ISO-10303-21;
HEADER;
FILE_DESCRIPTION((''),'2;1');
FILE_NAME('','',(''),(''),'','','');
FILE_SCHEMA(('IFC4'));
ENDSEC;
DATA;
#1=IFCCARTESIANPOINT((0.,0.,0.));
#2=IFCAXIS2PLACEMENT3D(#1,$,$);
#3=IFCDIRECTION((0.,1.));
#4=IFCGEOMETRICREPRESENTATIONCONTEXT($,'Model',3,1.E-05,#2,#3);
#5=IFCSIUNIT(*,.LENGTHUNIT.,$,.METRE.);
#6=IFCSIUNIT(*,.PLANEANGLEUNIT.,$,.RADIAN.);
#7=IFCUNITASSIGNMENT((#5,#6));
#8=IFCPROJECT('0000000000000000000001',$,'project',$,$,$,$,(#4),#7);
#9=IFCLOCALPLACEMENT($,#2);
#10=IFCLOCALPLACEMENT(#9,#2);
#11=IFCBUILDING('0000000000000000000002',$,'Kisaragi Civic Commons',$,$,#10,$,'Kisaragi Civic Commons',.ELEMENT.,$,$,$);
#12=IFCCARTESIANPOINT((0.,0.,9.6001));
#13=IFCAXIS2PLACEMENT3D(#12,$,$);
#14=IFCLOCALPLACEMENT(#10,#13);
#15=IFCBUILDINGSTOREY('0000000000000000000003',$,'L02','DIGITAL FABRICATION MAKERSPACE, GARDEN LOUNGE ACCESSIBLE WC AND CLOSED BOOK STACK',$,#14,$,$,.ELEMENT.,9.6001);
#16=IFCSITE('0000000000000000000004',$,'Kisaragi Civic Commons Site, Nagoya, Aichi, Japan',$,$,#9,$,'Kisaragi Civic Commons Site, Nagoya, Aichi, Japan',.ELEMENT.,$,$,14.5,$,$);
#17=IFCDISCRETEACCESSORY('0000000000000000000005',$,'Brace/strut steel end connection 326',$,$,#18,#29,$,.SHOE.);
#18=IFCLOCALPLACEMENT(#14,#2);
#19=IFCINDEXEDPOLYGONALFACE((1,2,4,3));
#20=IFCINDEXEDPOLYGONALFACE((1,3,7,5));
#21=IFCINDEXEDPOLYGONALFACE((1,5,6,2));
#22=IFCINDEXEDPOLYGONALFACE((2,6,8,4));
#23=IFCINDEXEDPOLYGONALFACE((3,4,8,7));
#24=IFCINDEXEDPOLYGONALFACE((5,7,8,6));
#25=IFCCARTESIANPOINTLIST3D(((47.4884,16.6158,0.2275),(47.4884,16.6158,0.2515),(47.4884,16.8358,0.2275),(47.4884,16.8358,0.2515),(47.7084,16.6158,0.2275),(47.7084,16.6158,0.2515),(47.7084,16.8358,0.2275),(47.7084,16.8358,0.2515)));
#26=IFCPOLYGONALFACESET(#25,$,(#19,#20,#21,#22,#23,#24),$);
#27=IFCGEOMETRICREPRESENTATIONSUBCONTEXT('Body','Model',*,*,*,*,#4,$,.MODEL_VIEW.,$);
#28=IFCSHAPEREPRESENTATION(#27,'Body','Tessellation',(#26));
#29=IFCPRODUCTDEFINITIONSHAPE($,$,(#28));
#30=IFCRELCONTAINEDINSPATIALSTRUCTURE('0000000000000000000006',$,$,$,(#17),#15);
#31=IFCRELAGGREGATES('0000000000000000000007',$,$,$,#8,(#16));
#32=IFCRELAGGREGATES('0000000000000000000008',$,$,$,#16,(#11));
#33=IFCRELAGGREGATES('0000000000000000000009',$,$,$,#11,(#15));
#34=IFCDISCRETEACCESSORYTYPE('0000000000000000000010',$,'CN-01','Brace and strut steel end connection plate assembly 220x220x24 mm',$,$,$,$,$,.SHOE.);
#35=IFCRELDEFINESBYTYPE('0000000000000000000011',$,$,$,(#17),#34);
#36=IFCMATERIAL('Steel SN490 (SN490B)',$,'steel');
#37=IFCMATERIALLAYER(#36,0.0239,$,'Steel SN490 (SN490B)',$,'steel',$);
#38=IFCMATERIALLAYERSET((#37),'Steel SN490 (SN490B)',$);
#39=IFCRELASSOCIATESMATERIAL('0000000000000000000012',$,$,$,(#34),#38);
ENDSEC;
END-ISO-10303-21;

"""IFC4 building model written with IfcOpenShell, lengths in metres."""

from ifc_helpers import new_model, si_unit, direction, frame, origin, origin_2d, place, context, subcontext, project, spatial, rectangle, extrude, material, layer, layer_set, type_object, element, save


model = new_model("IFC4")

# Units and contexts
model_context = context("Model", 3, precision=1e-05, world=origin(), true_north=direction((0.0, 1.0)))
body_context = subcontext(model_context, "Body", "Model", "MODEL_VIEW")
ifc_project = project(units=[si_unit("LENGTHUNIT", "METRE"), si_unit("PLANEANGLEUNIT", "RADIAN")], contexts=[model_context])

# Site, building, storey
site_placement = place(None, origin())
site = spatial("IfcSite", under=ifc_project, at=site_placement, Name="Kisaragi Civic Commons Site, Nagoya, Aichi, Japan", LongName="Kisaragi Civic Commons Site, Nagoya, Aichi, Japan", CompositionType="ELEMENT", RefElevation=14.5)
building_placement = place(site_placement, origin())
building = spatial("IfcBuilding", under=site, at=building_placement, Name="Kisaragi Civic Commons", LongName="Kisaragi Civic Commons", CompositionType="ELEMENT")
storey_placement = place(building_placement, frame((0.0, 0.0, 9.6001)))
storey = spatial("IfcBuildingStorey", under=building, at=storey_placement, Name="L02", Description="DIGITAL FABRICATION MAKERSPACE, GARDEN LOUNGE ACCESSIBLE WC AND CLOSED BOOK STACK", CompositionType="ELEMENT", Elevation=9.6001)

# Shared definitions
ifc_material_1 = material(Name="Steel SN490 (SN490B)", Category="steel")

# Discrete accessory
ifc_layer_1 = layer(ifc_material_1, 0.0239, Name="Steel SN490 (SN490B)", Category="steel")
ifc_layer_set_1 = layer_set([ifc_layer_1], Name="Steel SN490 (SN490B)")
discrete_accessory_type = type_object("IfcDiscreteAccessoryType", Name="CN-01", Description="Brace and strut steel end connection plate assembly 220x220x24 mm", PredefinedType="SHOE", material=ifc_layer_set_1)
for number, where, z_axis, x_axis, name in (
    (1, (47.5984, 16.7258, 0.2275), (0.0, 0.0, 1.0), (1.0, 0.0, 0.0), "Brace/strut steel end connection 326"),
):
    element("IfcDiscreteAccessory", number, at=place(storey_placement, frame(where, z_axis=z_axis, x_axis=x_axis)), inside=storey, type_object=discrete_accessory_type, Name=name, PredefinedType="SHOE", context=body_context, shape_type="SweptSolid", body=[
        extrude(rectangle(XDim=0.22, YDim=0.22, at=origin_2d()), origin(), (0.0, 0.0, 1.0), 0.0239),
    ])

save(model, "model.ifc")
